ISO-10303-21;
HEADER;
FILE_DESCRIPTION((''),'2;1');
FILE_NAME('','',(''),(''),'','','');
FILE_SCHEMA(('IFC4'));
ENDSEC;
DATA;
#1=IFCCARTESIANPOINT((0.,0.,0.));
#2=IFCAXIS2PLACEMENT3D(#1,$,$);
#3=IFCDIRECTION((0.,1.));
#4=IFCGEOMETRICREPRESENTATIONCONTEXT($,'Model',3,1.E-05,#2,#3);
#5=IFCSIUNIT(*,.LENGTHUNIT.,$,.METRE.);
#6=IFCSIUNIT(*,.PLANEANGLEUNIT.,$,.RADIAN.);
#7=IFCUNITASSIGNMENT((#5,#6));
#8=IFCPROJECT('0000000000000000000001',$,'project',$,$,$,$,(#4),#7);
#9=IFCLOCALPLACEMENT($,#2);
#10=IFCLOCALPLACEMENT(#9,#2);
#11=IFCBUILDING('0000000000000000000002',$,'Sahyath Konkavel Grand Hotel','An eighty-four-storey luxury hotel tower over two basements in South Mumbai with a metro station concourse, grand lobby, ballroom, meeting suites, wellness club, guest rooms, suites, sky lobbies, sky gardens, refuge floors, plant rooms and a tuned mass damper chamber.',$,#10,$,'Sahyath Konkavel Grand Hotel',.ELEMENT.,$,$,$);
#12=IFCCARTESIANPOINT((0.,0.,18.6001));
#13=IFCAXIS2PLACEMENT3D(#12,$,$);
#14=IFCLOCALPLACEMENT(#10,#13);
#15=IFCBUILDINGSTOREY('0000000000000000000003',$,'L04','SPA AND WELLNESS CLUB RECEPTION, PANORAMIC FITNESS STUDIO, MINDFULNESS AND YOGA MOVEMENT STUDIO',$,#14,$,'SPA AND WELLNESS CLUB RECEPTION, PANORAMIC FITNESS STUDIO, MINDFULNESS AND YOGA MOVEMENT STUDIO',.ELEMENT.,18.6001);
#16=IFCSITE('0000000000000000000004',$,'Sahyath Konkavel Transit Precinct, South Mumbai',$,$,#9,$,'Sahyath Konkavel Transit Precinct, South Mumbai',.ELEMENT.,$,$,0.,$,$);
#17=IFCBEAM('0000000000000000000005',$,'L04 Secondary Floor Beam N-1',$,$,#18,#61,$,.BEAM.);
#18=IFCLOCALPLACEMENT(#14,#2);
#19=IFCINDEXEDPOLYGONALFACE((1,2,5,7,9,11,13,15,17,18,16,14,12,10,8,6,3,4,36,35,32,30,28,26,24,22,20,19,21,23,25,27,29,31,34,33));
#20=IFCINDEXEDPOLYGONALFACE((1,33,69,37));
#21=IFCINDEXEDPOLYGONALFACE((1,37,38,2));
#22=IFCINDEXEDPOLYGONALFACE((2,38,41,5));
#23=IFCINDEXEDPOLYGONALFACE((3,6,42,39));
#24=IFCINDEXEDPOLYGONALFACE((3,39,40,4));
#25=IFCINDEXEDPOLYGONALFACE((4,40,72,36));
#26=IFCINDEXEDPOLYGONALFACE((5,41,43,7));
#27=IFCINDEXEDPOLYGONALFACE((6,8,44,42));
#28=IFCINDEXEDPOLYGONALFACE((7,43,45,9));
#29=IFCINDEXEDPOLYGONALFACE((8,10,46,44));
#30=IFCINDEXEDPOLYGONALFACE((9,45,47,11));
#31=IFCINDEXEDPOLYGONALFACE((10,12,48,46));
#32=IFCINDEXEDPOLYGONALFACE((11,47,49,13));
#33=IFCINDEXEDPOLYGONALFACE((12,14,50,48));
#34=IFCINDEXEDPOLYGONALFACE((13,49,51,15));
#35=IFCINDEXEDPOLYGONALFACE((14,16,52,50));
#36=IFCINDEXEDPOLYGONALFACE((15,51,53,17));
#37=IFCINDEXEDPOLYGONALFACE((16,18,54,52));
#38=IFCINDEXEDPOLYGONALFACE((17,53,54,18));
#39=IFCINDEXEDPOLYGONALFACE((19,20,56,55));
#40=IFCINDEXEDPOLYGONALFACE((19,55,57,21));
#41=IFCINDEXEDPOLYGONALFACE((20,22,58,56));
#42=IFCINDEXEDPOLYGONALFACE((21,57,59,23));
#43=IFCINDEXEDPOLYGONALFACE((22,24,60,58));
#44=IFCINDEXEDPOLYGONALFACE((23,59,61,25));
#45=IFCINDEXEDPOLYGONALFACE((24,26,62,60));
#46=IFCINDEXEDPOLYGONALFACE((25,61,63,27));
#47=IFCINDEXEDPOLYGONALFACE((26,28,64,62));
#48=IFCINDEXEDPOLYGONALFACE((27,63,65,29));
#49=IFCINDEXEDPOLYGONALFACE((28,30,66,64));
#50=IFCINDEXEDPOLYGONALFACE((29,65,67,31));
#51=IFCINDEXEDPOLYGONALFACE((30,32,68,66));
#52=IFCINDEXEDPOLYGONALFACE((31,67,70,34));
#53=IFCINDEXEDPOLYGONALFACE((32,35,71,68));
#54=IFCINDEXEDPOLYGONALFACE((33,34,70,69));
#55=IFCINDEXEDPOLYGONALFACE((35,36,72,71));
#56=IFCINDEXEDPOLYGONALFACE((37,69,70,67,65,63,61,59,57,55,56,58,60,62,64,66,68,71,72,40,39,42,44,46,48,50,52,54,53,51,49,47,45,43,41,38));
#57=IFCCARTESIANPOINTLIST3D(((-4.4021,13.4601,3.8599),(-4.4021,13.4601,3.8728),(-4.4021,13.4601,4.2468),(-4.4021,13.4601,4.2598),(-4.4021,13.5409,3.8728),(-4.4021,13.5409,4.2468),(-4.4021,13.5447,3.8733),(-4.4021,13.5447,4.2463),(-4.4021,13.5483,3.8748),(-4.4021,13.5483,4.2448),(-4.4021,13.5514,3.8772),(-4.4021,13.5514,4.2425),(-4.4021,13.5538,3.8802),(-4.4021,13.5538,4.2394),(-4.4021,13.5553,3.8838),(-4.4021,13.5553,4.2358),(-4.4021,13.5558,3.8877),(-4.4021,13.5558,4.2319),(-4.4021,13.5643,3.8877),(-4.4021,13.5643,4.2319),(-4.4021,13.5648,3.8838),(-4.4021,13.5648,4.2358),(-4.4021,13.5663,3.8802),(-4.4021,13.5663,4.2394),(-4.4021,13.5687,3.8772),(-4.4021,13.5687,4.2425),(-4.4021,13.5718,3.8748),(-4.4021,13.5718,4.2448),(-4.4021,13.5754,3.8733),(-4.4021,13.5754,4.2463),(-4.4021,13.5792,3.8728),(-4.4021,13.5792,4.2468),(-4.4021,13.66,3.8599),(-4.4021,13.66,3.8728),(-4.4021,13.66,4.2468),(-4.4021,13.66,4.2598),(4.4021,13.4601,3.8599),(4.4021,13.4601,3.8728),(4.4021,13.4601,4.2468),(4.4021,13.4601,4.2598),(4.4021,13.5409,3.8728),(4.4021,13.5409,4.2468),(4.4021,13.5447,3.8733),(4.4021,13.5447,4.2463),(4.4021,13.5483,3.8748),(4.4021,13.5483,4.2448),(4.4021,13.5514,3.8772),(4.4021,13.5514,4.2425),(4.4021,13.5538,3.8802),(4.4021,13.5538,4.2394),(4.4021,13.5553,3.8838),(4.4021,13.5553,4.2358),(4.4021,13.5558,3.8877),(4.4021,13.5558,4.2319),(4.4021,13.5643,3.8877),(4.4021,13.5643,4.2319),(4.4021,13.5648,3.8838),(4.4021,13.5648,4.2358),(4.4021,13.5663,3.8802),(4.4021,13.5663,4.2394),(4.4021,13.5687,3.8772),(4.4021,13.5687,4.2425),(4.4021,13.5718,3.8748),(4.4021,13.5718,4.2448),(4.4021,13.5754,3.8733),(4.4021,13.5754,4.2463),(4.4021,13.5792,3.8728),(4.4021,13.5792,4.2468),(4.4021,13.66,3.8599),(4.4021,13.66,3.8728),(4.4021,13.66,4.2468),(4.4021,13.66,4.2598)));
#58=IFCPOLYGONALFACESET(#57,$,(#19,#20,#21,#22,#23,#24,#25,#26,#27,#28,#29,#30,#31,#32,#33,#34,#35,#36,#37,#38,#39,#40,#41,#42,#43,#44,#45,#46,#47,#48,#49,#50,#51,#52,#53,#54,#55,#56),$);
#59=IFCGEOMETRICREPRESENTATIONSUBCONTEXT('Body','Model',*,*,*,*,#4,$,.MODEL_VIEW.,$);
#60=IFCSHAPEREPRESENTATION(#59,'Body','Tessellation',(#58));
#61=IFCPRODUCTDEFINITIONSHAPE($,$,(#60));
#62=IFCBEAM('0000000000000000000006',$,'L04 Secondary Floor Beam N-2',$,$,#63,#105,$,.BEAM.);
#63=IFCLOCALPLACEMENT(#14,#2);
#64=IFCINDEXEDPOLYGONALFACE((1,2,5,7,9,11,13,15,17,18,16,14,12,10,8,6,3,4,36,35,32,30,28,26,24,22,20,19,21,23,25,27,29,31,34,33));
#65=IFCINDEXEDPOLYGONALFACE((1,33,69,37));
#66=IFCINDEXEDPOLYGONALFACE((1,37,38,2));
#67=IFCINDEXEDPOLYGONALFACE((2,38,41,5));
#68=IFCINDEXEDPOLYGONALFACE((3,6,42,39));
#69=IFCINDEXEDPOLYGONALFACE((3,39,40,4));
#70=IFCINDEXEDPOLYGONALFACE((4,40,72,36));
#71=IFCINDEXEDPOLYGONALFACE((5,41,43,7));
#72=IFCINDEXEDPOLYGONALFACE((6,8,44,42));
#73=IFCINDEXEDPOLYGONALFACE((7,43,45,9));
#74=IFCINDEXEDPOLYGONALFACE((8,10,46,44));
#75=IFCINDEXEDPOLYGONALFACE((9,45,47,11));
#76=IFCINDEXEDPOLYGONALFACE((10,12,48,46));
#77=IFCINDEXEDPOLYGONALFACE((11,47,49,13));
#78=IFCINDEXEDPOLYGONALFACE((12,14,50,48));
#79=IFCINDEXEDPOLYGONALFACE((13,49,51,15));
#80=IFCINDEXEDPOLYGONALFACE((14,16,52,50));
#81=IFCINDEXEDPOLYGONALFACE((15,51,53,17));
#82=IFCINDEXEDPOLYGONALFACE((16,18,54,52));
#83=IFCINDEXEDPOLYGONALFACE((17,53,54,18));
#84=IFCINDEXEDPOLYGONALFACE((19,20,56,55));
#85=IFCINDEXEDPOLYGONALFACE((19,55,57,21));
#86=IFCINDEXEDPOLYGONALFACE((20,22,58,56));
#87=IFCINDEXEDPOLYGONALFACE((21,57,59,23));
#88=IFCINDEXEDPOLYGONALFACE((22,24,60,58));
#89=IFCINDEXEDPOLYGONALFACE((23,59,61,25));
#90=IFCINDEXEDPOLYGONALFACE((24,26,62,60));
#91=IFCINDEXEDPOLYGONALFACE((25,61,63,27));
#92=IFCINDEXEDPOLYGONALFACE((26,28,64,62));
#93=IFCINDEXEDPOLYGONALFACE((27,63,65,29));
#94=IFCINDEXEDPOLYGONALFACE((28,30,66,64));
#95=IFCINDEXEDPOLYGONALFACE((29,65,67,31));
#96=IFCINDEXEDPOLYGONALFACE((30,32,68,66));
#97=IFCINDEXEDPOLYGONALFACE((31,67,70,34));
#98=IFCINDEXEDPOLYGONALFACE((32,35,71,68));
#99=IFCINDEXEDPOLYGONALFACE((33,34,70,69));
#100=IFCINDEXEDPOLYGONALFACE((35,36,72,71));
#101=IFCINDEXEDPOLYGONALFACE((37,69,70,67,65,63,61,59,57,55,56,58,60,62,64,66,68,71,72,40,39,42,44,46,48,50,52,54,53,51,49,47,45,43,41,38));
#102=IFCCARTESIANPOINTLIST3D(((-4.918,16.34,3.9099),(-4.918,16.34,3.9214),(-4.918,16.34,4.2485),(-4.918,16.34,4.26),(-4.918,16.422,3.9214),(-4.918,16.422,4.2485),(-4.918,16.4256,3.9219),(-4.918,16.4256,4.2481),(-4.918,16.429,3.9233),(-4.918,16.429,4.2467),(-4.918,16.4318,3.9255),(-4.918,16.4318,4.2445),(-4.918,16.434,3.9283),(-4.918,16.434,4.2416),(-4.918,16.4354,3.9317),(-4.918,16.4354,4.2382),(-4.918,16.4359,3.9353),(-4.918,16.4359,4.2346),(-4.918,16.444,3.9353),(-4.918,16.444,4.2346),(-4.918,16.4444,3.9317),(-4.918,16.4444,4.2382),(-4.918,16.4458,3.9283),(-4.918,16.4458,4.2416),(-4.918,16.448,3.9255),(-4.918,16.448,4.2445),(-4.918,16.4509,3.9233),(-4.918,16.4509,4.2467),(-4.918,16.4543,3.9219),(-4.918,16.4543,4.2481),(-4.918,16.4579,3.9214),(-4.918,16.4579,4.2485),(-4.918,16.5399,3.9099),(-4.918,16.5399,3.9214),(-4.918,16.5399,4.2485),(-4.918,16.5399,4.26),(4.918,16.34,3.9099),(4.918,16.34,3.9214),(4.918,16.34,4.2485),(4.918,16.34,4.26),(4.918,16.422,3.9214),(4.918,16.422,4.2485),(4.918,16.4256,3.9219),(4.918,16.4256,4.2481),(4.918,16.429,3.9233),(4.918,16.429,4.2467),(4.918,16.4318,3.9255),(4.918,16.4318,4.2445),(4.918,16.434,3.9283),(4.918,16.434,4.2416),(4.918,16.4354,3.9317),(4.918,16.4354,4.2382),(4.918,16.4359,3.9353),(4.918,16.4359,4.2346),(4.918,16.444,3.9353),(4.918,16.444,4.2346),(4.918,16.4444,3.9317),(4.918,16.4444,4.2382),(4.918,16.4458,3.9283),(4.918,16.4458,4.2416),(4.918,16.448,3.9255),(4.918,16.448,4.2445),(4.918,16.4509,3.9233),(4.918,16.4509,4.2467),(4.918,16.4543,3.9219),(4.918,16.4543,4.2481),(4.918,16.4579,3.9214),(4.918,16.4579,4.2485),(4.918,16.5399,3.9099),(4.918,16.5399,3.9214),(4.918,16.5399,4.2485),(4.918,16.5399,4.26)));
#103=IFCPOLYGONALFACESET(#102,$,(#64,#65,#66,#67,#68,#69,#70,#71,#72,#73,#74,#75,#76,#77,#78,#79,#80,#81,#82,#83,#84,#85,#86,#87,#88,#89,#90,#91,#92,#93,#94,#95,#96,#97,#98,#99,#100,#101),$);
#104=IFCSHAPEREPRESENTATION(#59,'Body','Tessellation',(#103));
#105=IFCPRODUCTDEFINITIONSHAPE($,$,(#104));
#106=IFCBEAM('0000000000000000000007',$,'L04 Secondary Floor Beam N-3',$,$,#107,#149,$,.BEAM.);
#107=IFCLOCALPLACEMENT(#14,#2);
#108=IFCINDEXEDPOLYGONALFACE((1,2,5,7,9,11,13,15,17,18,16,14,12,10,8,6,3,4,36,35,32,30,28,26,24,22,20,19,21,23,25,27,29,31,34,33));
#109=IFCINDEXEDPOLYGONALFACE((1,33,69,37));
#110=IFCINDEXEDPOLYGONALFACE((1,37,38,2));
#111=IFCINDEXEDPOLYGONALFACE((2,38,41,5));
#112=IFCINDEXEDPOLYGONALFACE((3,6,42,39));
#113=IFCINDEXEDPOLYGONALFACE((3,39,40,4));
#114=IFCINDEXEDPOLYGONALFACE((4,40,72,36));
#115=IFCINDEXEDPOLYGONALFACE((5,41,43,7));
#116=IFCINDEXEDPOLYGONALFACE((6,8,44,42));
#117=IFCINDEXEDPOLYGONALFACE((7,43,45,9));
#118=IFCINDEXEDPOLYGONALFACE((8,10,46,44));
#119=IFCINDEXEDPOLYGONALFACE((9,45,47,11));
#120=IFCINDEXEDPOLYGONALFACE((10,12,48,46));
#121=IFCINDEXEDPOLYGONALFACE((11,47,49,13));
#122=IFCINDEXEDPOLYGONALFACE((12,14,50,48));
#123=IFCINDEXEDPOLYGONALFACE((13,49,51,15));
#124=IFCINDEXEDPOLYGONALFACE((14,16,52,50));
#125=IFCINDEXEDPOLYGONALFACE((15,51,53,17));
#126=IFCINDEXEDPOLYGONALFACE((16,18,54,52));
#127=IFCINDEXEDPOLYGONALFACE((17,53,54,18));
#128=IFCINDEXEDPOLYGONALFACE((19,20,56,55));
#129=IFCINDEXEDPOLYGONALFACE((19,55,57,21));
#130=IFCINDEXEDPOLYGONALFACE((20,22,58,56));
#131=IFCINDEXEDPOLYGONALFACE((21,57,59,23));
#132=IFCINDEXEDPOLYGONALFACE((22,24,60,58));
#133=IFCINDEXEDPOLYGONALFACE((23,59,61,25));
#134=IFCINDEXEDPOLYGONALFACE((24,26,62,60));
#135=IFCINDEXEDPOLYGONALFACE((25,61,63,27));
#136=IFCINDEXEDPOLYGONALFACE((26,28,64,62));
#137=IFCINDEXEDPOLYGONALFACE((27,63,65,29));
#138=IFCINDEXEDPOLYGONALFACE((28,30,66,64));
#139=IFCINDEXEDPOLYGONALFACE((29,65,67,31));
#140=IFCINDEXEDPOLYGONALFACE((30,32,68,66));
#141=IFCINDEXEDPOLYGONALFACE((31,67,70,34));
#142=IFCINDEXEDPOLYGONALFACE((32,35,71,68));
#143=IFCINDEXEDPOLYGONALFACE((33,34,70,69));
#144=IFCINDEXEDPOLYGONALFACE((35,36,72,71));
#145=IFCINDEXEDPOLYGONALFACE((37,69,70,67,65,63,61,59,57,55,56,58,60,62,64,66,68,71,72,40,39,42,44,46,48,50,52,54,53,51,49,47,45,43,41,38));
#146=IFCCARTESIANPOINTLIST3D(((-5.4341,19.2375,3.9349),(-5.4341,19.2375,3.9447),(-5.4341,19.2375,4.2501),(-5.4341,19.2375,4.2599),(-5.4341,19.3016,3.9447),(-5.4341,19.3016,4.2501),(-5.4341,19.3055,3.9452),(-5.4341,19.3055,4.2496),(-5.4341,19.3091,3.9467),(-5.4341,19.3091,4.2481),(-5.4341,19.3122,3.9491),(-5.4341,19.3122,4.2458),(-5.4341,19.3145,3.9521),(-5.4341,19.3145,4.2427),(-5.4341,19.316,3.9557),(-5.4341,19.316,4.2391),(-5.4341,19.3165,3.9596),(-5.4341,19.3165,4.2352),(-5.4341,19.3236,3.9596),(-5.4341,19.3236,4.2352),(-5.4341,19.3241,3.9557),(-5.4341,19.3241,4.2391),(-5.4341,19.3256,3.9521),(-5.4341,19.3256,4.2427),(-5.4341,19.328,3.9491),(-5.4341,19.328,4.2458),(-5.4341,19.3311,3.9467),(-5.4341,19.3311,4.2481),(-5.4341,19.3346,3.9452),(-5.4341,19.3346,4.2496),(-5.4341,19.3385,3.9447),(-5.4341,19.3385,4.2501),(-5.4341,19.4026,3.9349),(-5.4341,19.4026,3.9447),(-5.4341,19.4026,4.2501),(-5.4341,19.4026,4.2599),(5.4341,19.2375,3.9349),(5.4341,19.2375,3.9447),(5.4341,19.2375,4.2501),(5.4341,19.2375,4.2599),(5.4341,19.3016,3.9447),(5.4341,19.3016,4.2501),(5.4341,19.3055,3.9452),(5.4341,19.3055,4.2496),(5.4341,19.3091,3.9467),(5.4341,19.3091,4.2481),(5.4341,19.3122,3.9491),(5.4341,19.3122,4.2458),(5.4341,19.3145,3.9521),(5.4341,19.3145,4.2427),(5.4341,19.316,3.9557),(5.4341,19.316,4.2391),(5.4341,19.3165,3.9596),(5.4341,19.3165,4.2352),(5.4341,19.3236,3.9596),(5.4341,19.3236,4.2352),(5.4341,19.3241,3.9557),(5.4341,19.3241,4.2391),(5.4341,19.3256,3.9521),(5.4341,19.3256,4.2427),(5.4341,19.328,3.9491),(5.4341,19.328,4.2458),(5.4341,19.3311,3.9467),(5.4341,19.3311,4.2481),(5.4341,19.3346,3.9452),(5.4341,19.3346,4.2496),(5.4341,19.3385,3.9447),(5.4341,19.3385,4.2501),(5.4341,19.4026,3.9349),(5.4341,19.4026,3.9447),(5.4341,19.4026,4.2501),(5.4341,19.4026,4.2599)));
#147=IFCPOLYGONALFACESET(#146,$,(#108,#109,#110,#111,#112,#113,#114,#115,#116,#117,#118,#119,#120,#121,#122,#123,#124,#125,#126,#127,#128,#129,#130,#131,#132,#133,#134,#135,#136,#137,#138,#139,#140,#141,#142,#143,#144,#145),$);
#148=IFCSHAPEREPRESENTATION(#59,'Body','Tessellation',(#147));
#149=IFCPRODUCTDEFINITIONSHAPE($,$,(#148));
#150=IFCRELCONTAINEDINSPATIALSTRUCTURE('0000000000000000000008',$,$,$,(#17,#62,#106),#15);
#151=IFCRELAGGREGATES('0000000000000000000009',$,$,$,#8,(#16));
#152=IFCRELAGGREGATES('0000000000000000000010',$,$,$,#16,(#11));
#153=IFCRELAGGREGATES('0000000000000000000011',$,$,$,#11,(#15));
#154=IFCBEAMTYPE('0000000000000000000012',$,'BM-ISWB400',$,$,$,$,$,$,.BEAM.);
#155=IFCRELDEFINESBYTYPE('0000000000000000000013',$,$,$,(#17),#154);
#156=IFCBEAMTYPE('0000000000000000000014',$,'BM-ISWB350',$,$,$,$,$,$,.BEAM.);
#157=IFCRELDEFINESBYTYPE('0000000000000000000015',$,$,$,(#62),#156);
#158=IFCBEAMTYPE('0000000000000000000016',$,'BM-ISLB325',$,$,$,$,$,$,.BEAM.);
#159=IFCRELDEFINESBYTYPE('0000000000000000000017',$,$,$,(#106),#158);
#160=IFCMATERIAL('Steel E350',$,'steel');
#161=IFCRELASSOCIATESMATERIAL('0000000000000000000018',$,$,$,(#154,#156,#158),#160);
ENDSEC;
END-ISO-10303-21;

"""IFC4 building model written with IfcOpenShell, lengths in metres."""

from ifc_helpers import new_model, si_unit, direction, frame, origin, origin_2d, place, context, subcontext, project, spatial, i_section, extrude, source, transform, mapped, material, material_profile, profile_set, type_object, element, save


model = new_model("IFC4")

# Units and contexts
model_context = context("Model", 3, precision=1e-05, world=origin(), true_north=direction((0.0, 1.0)))
body_context = subcontext(model_context, "Body", "Model", "MODEL_VIEW")
ifc_project = project(units=[si_unit("LENGTHUNIT", "METRE"), si_unit("PLANEANGLEUNIT", "RADIAN")], contexts=[model_context])

# Site, building, storey
site_placement = place(None, origin())
site = spatial("IfcSite", under=ifc_project, at=site_placement, Name="Sahyath Konkavel Transit Precinct, South Mumbai", LongName="Sahyath Konkavel Transit Precinct, South Mumbai", CompositionType="ELEMENT", RefElevation=0.0)
building_placement = place(site_placement, origin())
building = spatial("IfcBuilding", under=site, at=building_placement, Name="Sahyath Konkavel Grand Hotel", Description="An eighty-four-storey luxury hotel tower over two basements in South Mumbai with a metro station concourse, grand lobby, ballroom, meeting suites, wellness club, guest rooms, suites, sky lobbies, sky gardens, refuge floors, plant rooms and a tuned mass damper chamber.", LongName="Sahyath Konkavel Grand Hotel", CompositionType="ELEMENT")
storey_placement = place(building_placement, frame((0.0, 0.0, 18.6001)))
storey = spatial("IfcBuildingStorey", under=building, at=storey_placement, Name="L04", Description="SPA AND WELLNESS CLUB RECEPTION, PANORAMIC FITNESS STUDIO, MINDFULNESS AND YOGA MOVEMENT STUDIO", LongName="SPA AND WELLNESS CLUB RECEPTION, PANORAMIC FITNESS STUDIO, MINDFULNESS AND YOGA MOVEMENT STUDIO", CompositionType="ELEMENT", Elevation=18.6001)

# Beams
ifc_material_1 = material(Name="Steel E350", Category="steel")
ifc_material_profile_1 = material_profile(ifc_material_1, i_section(OverallWidth=0.2, OverallDepth=0.3999, WebThickness=0.0085, FlangeThickness=0.0129, FilletRadius=0.0149, at=origin_2d()), Name="ISWB 400")
ifc_profile_set_1 = profile_set([ifc_material_profile_1], Name="Steel E350")
beam_type_1 = type_object("IfcBeamType", Name="BM-ISWB400", PredefinedType="BEAM", material=ifc_profile_set_1)
shared_shape_1 = source(origin(), body_context, "Body", "SweptSolid", [
    extrude(i_section(OverallWidth=0.2, OverallDepth=0.3999, WebThickness=0.0085, FlangeThickness=0.0129, FilletRadius=0.0149, at=origin_2d()), origin(), (0.0, 0.0, 1.0), 8.8042),
])
beam_1_placement = place(storey_placement, frame((4.4021, 13.5601, 4.0598), z_axis=(-1.0, 0.0, 0.0), x_axis=(0.0, -1.0, 0.0)))
element("IfcBeam", 1, at=beam_1_placement, inside=storey, type_object=beam_type_1, Name="L04 Secondary Floor Beam N-1", PredefinedType="BEAM", context=body_context, shape_type="MappedRepresentation", body=[
    mapped(shared_shape_1, transform((0.0, 0.0, 0.0), scale=1.0)),
])
ifc_material_profile_2 = material_profile(ifc_material_1, i_section(OverallWidth=0.2, OverallDepth=0.3501, WebThickness=0.0081, FlangeThickness=0.0115, FilletRadius=0.0139, at=origin_2d()), Name="ISWB 350")
ifc_profile_set_2 = profile_set([ifc_material_profile_2], Name="Steel E350")
beam_type_2 = type_object("IfcBeamType", Name="BM-ISWB350", PredefinedType="BEAM", material=ifc_profile_set_2)
shared_shape_2 = source(origin(), body_context, "Body", "SweptSolid", [
    extrude(i_section(OverallWidth=0.2, OverallDepth=0.3501, WebThickness=0.0081, FlangeThickness=0.0115, FilletRadius=0.0139, at=origin_2d()), origin(), (0.0, 0.0, 1.0), 9.8359),
])
beam_2_placement = place(storey_placement, frame((4.918, 16.4399, 4.085), z_axis=(-1.0, 0.0, 0.0), x_axis=(0.0, -1.0, 0.0)))
element("IfcBeam", 2, at=beam_2_placement, inside=storey, type_object=beam_type_2, Name="L04 Secondary Floor Beam N-2", PredefinedType="BEAM", context=body_context, shape_type="MappedRepresentation", body=[
    mapped(shared_shape_2, transform((0.0, 0.0, 0.0), scale=1.0)),
])
ifc_material_profile_3 = material_profile(ifc_material_1, i_section(OverallWidth=0.165, OverallDepth=0.325, WebThickness=0.0071, FlangeThickness=0.0098, FilletRadius=0.0149, at=origin_2d()), Name="ISLB 325")
ifc_profile_set_3 = profile_set([ifc_material_profile_3], Name="Steel E350")
beam_type_3 = type_object("IfcBeamType", Name="BM-ISLB325", PredefinedType="BEAM", material=ifc_profile_set_3)
shared_shape_3 = source(origin(), body_context, "Body", "SweptSolid", [
    extrude(i_section(OverallWidth=0.165, OverallDepth=0.325, WebThickness=0.0071, FlangeThickness=0.0098, FilletRadius=0.0149, at=origin_2d()), origin(), (0.0, 0.0, 1.0), 10.8682),
])
beam_3_placement = place(storey_placement, frame((5.4341, 19.3201, 4.0974), z_axis=(-1.0, 0.0, 0.0), x_axis=(0.0, -1.0, 0.0)))
element("IfcBeam", 3, at=beam_3_placement, inside=storey, type_object=beam_type_3, Name="L04 Secondary Floor Beam N-3", PredefinedType="BEAM", context=body_context, shape_type="MappedRepresentation", body=[
    mapped(shared_shape_3, transform((0.0, 0.0, 0.0), scale=1.0)),
])

save(model, "model.ifc")
